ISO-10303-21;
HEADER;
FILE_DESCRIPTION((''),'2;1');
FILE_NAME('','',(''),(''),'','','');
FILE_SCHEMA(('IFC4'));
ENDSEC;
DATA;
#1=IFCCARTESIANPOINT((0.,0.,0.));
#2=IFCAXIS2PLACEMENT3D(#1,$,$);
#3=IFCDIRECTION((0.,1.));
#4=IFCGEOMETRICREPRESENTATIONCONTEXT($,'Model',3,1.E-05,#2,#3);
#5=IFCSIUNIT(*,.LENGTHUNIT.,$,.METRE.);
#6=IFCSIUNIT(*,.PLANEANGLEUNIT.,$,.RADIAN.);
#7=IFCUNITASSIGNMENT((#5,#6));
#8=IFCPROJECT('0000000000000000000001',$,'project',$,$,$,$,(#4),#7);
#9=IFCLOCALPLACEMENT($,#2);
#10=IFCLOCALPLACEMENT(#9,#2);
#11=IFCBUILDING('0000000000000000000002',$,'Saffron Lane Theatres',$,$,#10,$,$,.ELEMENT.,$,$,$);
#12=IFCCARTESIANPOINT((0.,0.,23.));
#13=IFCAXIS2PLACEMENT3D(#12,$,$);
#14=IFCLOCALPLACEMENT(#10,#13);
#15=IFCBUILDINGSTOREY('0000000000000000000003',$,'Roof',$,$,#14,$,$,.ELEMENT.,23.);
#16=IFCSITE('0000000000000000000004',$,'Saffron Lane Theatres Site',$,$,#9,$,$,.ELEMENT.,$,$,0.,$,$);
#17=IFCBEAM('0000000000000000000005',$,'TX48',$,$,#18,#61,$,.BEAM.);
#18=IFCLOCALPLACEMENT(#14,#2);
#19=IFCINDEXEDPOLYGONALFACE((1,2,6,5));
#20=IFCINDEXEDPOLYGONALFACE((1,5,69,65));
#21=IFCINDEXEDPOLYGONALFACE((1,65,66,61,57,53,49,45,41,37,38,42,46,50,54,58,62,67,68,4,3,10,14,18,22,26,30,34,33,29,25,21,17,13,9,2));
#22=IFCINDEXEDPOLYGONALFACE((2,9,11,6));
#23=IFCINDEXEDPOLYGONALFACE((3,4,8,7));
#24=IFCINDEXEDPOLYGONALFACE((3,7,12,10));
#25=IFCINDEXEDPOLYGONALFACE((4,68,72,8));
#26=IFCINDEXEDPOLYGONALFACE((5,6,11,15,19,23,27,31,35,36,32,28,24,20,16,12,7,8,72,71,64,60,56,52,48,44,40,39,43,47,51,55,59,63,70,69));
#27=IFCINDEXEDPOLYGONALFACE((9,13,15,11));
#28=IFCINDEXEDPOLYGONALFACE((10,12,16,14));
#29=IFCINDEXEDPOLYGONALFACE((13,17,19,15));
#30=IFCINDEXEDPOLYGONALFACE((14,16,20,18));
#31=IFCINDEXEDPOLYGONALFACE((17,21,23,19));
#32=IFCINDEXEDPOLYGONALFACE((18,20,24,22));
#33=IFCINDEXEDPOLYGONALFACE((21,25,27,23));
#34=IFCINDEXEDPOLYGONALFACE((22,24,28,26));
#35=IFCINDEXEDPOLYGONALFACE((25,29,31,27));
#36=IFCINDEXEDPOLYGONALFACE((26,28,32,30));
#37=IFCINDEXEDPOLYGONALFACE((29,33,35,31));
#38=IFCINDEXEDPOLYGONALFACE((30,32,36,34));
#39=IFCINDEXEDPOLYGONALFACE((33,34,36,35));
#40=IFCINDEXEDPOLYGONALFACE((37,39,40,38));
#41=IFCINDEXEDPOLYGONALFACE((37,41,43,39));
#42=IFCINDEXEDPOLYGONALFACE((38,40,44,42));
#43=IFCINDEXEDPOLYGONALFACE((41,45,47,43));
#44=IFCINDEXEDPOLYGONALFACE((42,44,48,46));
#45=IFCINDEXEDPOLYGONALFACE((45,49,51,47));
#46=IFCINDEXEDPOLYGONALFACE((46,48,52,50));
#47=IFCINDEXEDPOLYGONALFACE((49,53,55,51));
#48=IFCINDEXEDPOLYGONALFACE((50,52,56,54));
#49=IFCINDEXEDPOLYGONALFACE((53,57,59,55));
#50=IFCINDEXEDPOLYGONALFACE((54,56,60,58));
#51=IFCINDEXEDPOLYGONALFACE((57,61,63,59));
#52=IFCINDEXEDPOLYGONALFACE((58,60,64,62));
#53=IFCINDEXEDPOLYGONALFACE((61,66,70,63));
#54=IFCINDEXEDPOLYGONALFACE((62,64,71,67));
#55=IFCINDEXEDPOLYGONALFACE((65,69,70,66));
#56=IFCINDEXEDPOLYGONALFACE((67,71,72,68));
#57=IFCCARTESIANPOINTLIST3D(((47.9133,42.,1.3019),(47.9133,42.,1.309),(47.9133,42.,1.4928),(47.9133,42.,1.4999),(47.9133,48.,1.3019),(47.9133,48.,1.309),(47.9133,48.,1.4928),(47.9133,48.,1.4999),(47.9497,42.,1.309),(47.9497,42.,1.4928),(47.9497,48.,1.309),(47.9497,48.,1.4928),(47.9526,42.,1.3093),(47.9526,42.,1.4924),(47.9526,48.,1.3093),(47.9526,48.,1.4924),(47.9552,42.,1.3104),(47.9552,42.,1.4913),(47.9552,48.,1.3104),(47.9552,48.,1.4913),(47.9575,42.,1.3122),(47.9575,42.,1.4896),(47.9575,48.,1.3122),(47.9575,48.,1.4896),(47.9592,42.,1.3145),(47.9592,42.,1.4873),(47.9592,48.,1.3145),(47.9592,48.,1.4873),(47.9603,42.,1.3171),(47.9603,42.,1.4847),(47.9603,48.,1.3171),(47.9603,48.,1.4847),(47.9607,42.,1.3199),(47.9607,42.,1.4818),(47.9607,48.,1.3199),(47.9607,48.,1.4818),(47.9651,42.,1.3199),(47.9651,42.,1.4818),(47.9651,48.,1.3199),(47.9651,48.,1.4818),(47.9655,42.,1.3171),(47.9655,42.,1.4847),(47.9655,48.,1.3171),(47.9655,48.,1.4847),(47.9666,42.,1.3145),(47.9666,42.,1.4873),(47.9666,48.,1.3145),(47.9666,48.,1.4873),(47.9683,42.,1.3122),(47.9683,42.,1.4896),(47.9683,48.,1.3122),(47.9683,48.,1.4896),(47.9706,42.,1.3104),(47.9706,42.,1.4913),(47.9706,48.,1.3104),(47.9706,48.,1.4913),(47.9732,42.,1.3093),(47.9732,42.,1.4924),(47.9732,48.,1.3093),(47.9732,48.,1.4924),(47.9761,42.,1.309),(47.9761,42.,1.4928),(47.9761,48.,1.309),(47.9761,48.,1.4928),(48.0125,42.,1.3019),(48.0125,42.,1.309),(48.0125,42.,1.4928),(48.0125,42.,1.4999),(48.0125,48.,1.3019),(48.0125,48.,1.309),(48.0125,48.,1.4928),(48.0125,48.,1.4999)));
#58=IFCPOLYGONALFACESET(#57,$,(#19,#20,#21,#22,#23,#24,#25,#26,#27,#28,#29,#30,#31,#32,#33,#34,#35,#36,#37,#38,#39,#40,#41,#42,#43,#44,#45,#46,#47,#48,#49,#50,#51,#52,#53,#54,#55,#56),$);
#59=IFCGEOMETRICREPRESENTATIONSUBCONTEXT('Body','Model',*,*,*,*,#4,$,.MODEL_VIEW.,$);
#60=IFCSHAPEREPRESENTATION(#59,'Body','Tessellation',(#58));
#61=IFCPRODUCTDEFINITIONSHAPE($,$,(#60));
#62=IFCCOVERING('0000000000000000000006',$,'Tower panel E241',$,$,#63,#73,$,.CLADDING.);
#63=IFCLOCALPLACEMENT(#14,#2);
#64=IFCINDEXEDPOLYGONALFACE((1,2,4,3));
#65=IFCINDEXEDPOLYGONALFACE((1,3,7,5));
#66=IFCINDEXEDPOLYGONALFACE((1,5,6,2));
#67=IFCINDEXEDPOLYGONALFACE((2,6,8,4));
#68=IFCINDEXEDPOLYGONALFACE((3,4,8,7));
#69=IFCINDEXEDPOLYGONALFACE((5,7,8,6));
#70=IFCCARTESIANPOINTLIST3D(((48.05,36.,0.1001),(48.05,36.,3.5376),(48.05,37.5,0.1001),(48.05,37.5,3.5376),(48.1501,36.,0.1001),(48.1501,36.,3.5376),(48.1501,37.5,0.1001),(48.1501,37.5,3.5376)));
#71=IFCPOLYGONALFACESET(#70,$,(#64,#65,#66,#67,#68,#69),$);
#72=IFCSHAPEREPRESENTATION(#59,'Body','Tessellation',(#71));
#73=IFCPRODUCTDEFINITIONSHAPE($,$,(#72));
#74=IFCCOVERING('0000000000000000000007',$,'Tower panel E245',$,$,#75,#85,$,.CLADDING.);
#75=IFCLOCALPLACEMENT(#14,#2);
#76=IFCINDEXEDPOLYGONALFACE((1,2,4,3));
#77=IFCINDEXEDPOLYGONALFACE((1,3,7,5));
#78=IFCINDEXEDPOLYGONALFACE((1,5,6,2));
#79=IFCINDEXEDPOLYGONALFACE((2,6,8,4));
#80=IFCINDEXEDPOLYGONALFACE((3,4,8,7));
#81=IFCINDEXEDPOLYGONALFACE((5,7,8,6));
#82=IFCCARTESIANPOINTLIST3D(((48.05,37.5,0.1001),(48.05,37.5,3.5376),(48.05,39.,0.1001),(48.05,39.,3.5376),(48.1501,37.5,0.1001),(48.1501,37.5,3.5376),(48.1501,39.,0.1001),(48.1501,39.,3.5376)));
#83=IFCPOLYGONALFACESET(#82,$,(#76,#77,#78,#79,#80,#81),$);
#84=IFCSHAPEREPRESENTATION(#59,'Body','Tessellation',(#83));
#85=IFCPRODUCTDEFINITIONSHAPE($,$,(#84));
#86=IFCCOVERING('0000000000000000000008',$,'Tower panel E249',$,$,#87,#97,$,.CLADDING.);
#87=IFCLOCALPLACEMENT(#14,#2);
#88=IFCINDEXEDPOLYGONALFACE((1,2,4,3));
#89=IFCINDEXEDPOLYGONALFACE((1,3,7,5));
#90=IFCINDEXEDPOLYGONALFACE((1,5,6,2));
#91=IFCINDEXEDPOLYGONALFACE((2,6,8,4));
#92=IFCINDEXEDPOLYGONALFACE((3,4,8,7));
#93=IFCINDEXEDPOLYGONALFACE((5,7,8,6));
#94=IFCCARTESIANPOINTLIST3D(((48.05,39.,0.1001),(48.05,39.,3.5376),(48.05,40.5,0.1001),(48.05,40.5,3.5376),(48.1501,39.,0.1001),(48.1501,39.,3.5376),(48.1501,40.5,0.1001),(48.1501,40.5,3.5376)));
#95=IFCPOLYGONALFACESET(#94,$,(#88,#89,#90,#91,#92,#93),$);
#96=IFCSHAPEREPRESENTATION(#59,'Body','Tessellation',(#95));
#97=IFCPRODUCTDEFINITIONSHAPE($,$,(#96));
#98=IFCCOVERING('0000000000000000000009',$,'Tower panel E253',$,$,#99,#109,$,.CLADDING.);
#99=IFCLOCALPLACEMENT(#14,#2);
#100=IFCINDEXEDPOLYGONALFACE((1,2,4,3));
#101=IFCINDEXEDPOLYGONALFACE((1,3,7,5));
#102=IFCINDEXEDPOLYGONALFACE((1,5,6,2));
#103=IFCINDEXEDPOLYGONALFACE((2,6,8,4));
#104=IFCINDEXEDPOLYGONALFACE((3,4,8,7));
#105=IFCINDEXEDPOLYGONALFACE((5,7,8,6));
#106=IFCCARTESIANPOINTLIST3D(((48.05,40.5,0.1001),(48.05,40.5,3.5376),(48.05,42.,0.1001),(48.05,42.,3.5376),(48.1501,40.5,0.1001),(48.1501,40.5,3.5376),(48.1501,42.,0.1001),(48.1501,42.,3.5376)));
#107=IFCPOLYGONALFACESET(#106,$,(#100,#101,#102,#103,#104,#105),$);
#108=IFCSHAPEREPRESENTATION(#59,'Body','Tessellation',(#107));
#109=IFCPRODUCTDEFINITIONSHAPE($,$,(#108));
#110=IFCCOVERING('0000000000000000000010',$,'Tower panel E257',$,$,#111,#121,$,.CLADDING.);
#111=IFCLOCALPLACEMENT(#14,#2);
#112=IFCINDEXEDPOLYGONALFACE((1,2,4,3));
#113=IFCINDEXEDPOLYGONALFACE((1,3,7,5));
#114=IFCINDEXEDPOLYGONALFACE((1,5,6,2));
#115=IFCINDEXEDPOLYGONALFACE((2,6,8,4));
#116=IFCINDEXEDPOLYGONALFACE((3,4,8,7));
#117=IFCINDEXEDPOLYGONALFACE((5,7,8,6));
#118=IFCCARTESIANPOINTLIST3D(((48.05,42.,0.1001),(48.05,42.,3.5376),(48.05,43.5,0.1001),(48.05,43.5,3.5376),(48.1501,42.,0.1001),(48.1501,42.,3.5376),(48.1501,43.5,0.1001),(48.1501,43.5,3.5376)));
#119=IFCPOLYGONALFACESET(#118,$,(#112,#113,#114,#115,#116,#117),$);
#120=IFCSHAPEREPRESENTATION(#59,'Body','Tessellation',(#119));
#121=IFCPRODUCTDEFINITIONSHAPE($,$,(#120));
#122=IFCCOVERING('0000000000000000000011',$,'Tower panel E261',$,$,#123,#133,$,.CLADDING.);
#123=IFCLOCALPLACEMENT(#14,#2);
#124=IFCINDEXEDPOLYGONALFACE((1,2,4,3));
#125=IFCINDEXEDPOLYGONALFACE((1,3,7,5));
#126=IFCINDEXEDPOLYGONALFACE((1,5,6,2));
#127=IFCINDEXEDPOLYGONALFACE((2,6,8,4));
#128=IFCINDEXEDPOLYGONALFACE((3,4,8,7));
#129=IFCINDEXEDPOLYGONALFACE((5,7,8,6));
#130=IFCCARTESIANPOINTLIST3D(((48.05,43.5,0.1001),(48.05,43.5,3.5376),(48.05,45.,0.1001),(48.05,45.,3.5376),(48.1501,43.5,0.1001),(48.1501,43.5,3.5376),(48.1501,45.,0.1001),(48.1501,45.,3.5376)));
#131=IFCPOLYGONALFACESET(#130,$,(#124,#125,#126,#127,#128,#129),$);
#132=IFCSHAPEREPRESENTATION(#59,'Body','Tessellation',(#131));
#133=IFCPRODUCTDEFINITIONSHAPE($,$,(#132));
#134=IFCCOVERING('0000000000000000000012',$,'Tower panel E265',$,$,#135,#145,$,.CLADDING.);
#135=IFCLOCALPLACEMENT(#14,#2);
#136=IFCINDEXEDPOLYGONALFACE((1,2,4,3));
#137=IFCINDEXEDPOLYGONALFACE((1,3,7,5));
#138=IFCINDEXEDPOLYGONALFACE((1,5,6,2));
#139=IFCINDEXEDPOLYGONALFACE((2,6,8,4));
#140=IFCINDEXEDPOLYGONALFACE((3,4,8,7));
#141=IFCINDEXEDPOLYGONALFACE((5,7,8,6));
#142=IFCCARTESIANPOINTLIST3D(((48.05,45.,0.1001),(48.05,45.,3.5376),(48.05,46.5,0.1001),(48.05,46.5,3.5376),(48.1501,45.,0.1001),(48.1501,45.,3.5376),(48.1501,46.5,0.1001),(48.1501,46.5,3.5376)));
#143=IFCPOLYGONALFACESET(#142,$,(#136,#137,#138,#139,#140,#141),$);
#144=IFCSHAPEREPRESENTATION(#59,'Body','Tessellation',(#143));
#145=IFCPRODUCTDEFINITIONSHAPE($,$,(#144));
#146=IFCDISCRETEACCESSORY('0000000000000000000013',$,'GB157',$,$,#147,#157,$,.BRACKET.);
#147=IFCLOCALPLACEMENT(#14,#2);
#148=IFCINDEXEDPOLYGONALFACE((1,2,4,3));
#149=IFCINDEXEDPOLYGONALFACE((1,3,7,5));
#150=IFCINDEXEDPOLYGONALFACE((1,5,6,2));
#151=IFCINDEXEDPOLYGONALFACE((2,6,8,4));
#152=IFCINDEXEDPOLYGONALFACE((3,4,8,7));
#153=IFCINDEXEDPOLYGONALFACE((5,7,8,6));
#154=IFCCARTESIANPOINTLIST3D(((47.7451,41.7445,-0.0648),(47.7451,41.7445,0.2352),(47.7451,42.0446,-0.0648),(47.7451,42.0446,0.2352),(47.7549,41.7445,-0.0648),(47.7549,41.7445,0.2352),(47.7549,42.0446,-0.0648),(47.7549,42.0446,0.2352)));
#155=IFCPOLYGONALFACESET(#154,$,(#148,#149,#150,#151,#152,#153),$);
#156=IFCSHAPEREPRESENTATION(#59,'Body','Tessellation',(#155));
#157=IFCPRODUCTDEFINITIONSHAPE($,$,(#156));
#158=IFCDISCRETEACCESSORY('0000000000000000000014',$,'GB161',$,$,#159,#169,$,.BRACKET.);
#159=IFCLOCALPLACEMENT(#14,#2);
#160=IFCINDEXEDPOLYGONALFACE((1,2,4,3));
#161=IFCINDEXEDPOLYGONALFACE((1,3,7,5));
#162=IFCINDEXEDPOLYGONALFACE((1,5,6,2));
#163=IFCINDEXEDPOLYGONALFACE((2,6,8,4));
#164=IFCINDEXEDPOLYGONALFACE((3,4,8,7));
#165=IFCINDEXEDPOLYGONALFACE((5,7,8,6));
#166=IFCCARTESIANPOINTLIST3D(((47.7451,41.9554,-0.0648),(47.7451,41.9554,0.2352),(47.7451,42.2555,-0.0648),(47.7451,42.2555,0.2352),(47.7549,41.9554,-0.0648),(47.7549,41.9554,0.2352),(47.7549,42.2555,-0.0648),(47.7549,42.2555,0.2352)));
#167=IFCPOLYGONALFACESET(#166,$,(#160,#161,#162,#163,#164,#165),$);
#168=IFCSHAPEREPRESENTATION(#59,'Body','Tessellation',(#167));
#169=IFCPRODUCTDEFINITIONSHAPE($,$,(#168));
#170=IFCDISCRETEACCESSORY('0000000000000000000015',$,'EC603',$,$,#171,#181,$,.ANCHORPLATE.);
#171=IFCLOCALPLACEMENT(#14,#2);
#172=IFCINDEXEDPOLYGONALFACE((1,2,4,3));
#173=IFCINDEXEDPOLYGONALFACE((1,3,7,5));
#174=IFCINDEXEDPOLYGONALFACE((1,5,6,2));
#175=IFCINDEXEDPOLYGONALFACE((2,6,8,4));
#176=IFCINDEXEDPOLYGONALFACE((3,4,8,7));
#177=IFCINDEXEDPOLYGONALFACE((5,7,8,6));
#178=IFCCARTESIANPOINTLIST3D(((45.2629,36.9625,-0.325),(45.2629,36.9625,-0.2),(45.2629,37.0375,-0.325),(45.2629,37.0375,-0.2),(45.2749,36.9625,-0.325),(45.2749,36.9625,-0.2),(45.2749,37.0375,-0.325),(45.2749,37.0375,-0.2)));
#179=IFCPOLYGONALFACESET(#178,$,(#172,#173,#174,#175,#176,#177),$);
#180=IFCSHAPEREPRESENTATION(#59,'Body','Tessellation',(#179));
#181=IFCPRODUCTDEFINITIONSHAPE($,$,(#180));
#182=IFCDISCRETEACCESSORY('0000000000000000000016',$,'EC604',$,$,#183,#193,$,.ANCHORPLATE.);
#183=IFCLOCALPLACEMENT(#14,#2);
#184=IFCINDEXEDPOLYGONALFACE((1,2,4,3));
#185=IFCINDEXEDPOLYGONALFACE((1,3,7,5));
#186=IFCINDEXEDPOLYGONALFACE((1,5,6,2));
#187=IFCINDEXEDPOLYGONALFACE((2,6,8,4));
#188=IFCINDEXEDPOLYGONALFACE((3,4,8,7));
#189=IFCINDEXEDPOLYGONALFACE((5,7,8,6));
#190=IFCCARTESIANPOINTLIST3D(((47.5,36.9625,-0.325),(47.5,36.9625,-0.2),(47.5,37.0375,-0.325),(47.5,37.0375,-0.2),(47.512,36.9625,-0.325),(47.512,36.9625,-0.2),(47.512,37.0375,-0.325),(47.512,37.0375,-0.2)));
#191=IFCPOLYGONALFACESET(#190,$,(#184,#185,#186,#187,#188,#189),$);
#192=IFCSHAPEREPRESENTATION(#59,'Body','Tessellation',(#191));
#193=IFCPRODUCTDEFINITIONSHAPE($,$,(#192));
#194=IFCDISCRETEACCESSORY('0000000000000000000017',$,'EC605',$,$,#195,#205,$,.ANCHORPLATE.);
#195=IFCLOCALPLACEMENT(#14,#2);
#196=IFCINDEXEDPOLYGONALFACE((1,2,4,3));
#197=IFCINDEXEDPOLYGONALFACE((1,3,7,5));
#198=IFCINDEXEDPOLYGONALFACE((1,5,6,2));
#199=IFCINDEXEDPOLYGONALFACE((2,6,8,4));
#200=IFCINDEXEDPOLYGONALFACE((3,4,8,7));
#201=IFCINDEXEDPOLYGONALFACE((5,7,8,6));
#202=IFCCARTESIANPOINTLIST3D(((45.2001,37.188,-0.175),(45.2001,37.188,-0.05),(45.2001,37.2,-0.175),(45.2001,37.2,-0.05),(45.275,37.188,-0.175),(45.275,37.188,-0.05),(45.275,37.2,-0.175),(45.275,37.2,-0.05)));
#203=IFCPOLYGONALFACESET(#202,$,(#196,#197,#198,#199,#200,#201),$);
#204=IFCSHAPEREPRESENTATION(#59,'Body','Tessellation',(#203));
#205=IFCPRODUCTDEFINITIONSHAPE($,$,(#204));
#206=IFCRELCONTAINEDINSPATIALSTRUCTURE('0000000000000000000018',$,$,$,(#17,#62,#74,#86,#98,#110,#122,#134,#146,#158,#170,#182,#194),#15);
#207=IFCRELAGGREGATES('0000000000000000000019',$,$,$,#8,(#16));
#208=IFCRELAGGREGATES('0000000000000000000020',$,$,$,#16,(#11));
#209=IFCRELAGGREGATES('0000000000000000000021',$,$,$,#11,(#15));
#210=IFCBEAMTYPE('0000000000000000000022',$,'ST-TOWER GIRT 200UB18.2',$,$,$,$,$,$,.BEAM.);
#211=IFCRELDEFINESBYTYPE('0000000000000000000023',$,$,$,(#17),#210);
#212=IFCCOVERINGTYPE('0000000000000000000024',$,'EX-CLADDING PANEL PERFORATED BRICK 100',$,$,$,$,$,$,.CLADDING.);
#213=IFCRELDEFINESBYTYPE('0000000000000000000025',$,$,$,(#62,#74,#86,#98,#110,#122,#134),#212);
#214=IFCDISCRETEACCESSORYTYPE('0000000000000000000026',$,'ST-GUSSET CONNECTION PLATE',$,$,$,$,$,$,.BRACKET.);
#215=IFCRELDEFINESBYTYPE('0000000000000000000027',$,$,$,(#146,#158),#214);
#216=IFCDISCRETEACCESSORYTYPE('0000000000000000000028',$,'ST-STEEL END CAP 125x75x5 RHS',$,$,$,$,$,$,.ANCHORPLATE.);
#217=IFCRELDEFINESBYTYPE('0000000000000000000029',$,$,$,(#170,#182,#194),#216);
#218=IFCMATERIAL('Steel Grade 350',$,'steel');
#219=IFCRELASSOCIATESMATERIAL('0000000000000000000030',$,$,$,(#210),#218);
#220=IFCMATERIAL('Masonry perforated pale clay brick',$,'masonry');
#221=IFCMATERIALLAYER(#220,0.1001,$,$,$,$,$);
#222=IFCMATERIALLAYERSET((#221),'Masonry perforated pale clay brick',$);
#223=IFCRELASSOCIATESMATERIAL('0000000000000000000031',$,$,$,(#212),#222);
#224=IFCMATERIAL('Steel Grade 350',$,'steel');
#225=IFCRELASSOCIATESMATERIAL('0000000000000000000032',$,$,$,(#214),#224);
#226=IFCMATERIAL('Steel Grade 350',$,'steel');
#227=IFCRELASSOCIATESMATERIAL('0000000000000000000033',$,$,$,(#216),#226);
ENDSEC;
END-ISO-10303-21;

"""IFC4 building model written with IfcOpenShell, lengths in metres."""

from ifc_helpers import new_model, si_unit, direction, frame, origin, origin_2d, place, context, subcontext, project, spatial, rectangle, i_section, extrude, material, layer, layer_set, material_profile, profile_set, type_object, element, save


model = new_model("IFC4")

# Units and contexts
model_context = context("Model", 3, precision=1e-05, world=origin(), true_north=direction((0.0, 1.0)))
body_context = subcontext(model_context, "Body", "Model", "MODEL_VIEW")
ifc_project = project(units=[si_unit("LENGTHUNIT", "METRE"), si_unit("PLANEANGLEUNIT", "RADIAN")], contexts=[model_context])

# Site, building, storey
site_placement = place(None, origin())
site = spatial("IfcSite", under=ifc_project, at=site_placement, Name="Saffron Lane Theatres Site", CompositionType="ELEMENT", RefElevation=0.0)
building_placement = place(site_placement, origin())
building = spatial("IfcBuilding", under=site, at=building_placement, Name="Saffron Lane Theatres", CompositionType="ELEMENT")
storey_placement = place(building_placement, frame((0.0, 0.0, 23.0)))
storey = spatial("IfcBuildingStorey", under=building, at=storey_placement, Name="Roof", CompositionType="ELEMENT", Elevation=23.0)

# Beam
ifc_material_1 = material(Name="Steel Grade 350", Category="steel")
ifc_material_profile_1 = material_profile(ifc_material_1, i_section(OverallWidth=0.0991, OverallDepth=0.198, WebThickness=0.0044, FlangeThickness=0.0071, FilletRadius=0.011, at=origin_2d()))
ifc_profile_set_1 = profile_set([ifc_material_profile_1], Name="Steel Grade 350")
beam_type_1 = type_object("IfcBeamType", Name="ST-TOWER GIRT 200UB18.2", PredefinedType="BEAM", material=ifc_profile_set_1)
beam_1_placement = place(storey_placement, frame((47.9629, 42.0, 1.4009), z_axis=(0.0, 1.0, 0.0), x_axis=(-1.0, 0.0, 0.0)))
element("IfcBeam", 1, at=beam_1_placement, inside=storey, type_object=beam_type_1, Name="TX48", PredefinedType="BEAM", context=body_context, shape_type="SweptSolid", body=[
    extrude(i_section(OverallWidth=0.0991, OverallDepth=0.198, WebThickness=0.0044, FlangeThickness=0.0071, FilletRadius=0.011, at=origin_2d()), origin(), (0.0, 0.0, 1.0), 6.0),
])

# Coverings
ifc_material_2 = material(Name="Masonry perforated pale clay brick", Category="masonry")
ifc_layer = layer(ifc_material_2, 0.1001)
ifc_layer_set = layer_set([ifc_layer], Name="Masonry perforated pale clay brick")
covering_type = type_object("IfcCoveringType", Name="EX-CLADDING PANEL PERFORATED BRICK 100", PredefinedType="CLADDING", material=ifc_layer_set)
for number, where, z_axis, x_axis, name in (
    (2, (48.1001, 36.75, 0.1001), (0.0, 0.0, 1.0), (0.0, 1.0, 0.0), "Tower panel E241"),
    (3, (48.1001, 38.25, 0.1001), (0.0, 0.0, 1.0), (0.0, 1.0, 0.0), "Tower panel E245"),
    (4, (48.1001, 39.75, 0.1001), (0.0, 0.0, 1.0), (0.0, 1.0, 0.0), "Tower panel E249"),
    (5, (48.1001, 41.25, 0.1001), (0.0, 0.0, 1.0), (0.0, 1.0, 0.0), "Tower panel E253"),
    (6, (48.1001, 42.75, 0.1001), (0.0, 0.0, 1.0), (0.0, 1.0, 0.0), "Tower panel E257"),
    (7, (48.1001, 44.25, 0.1001), (0.0, 0.0, 1.0), (0.0, 1.0, 0.0), "Tower panel E261"),
    (8, (48.1001, 45.75, 0.1001), (0.0, 0.0, 1.0), (0.0, 1.0, 0.0), "Tower panel E265"),
):
    element("IfcCovering", number, at=place(storey_placement, frame(where, z_axis=z_axis, x_axis=x_axis)), inside=storey, type_object=covering_type, Name=name, PredefinedType="CLADDING", context=body_context, shape_type="SweptSolid", body=[
        extrude(rectangle(XDim=1.5, YDim=0.1001, at=origin_2d()), origin(), (0.0, 0.0, 1.0), 3.4375),
    ])

# Discrete accessories
ifc_material_3 = material(Name="Steel Grade 350", Category="steel")
ifc_material_profile_2 = material_profile(ifc_material_3, rectangle(XDim=0.3, YDim=0.3, at=origin_2d()))
ifc_profile_set_2 = profile_set([ifc_material_profile_2], Name="Steel Grade 350")
discrete_accessory_type_1 = type_object("IfcDiscreteAccessoryType", Name="ST-GUSSET CONNECTION PLATE", PredefinedType="BRACKET", material=ifc_profile_set_2)
for number, where, z_axis, x_axis, name in (
    (9, (47.7451, 41.8945, 0.0852), (1.0, 0.0, 0.0), (0.0, 1.0, 0.0), "GB157"),
    (10, (47.7451, 42.1055, 0.0852), (1.0, 0.0, 0.0), (0.0, 1.0, 0.0), "GB161"),
):
    element("IfcDiscreteAccessory", number, at=place(storey_placement, frame(where, z_axis=z_axis, x_axis=x_axis)), inside=storey, type_object=discrete_accessory_type_1, Name=name, PredefinedType="BRACKET", context=body_context, shape_type="SweptSolid", body=[
        extrude(rectangle(XDim=0.3, YDim=0.3, at=origin_2d()), origin(), (0.0, 0.0, 1.0), 0.0098),
    ])
ifc_material_4 = material(Name="Steel Grade 350", Category="steel")
ifc_material_profile_3 = material_profile(ifc_material_4, rectangle(XDim=0.075, YDim=0.125, at=origin_2d()))
ifc_profile_set_3 = profile_set([ifc_material_profile_3], Name="Steel Grade 350")
discrete_accessory_type_2 = type_object("IfcDiscreteAccessoryType", Name="ST-STEEL END CAP 125x75x5 RHS", PredefinedType="ANCHORPLATE", material=ifc_profile_set_3)
for number, where, z_axis, x_axis, name in (
    (11, (45.2629, 37.0, -0.2625), (1.0, 0.0, 0.0), (0.0, 1.0, 0.0), "EC603"),
    (12, (47.5, 37.0, -0.2625), (1.0, 0.0, 0.0), (0.0, 1.0, 0.0), "EC604"),
    (13, (45.2375, 37.188, -0.1125), (0.0, 1.0, 0.0), (-1.0, 0.0, 0.0), "EC605"),
):
    element("IfcDiscreteAccessory", number, at=place(storey_placement, frame(where, z_axis=z_axis, x_axis=x_axis)), inside=storey, type_object=discrete_accessory_type_2, Name=name, PredefinedType="ANCHORPLATE", context=body_context, shape_type="SweptSolid", body=[
        extrude(rectangle(XDim=0.075, YDim=0.125, at=origin_2d()), origin(), (0.0, 0.0, 1.0), 0.012),
    ])

save(model, "model.ifc")
